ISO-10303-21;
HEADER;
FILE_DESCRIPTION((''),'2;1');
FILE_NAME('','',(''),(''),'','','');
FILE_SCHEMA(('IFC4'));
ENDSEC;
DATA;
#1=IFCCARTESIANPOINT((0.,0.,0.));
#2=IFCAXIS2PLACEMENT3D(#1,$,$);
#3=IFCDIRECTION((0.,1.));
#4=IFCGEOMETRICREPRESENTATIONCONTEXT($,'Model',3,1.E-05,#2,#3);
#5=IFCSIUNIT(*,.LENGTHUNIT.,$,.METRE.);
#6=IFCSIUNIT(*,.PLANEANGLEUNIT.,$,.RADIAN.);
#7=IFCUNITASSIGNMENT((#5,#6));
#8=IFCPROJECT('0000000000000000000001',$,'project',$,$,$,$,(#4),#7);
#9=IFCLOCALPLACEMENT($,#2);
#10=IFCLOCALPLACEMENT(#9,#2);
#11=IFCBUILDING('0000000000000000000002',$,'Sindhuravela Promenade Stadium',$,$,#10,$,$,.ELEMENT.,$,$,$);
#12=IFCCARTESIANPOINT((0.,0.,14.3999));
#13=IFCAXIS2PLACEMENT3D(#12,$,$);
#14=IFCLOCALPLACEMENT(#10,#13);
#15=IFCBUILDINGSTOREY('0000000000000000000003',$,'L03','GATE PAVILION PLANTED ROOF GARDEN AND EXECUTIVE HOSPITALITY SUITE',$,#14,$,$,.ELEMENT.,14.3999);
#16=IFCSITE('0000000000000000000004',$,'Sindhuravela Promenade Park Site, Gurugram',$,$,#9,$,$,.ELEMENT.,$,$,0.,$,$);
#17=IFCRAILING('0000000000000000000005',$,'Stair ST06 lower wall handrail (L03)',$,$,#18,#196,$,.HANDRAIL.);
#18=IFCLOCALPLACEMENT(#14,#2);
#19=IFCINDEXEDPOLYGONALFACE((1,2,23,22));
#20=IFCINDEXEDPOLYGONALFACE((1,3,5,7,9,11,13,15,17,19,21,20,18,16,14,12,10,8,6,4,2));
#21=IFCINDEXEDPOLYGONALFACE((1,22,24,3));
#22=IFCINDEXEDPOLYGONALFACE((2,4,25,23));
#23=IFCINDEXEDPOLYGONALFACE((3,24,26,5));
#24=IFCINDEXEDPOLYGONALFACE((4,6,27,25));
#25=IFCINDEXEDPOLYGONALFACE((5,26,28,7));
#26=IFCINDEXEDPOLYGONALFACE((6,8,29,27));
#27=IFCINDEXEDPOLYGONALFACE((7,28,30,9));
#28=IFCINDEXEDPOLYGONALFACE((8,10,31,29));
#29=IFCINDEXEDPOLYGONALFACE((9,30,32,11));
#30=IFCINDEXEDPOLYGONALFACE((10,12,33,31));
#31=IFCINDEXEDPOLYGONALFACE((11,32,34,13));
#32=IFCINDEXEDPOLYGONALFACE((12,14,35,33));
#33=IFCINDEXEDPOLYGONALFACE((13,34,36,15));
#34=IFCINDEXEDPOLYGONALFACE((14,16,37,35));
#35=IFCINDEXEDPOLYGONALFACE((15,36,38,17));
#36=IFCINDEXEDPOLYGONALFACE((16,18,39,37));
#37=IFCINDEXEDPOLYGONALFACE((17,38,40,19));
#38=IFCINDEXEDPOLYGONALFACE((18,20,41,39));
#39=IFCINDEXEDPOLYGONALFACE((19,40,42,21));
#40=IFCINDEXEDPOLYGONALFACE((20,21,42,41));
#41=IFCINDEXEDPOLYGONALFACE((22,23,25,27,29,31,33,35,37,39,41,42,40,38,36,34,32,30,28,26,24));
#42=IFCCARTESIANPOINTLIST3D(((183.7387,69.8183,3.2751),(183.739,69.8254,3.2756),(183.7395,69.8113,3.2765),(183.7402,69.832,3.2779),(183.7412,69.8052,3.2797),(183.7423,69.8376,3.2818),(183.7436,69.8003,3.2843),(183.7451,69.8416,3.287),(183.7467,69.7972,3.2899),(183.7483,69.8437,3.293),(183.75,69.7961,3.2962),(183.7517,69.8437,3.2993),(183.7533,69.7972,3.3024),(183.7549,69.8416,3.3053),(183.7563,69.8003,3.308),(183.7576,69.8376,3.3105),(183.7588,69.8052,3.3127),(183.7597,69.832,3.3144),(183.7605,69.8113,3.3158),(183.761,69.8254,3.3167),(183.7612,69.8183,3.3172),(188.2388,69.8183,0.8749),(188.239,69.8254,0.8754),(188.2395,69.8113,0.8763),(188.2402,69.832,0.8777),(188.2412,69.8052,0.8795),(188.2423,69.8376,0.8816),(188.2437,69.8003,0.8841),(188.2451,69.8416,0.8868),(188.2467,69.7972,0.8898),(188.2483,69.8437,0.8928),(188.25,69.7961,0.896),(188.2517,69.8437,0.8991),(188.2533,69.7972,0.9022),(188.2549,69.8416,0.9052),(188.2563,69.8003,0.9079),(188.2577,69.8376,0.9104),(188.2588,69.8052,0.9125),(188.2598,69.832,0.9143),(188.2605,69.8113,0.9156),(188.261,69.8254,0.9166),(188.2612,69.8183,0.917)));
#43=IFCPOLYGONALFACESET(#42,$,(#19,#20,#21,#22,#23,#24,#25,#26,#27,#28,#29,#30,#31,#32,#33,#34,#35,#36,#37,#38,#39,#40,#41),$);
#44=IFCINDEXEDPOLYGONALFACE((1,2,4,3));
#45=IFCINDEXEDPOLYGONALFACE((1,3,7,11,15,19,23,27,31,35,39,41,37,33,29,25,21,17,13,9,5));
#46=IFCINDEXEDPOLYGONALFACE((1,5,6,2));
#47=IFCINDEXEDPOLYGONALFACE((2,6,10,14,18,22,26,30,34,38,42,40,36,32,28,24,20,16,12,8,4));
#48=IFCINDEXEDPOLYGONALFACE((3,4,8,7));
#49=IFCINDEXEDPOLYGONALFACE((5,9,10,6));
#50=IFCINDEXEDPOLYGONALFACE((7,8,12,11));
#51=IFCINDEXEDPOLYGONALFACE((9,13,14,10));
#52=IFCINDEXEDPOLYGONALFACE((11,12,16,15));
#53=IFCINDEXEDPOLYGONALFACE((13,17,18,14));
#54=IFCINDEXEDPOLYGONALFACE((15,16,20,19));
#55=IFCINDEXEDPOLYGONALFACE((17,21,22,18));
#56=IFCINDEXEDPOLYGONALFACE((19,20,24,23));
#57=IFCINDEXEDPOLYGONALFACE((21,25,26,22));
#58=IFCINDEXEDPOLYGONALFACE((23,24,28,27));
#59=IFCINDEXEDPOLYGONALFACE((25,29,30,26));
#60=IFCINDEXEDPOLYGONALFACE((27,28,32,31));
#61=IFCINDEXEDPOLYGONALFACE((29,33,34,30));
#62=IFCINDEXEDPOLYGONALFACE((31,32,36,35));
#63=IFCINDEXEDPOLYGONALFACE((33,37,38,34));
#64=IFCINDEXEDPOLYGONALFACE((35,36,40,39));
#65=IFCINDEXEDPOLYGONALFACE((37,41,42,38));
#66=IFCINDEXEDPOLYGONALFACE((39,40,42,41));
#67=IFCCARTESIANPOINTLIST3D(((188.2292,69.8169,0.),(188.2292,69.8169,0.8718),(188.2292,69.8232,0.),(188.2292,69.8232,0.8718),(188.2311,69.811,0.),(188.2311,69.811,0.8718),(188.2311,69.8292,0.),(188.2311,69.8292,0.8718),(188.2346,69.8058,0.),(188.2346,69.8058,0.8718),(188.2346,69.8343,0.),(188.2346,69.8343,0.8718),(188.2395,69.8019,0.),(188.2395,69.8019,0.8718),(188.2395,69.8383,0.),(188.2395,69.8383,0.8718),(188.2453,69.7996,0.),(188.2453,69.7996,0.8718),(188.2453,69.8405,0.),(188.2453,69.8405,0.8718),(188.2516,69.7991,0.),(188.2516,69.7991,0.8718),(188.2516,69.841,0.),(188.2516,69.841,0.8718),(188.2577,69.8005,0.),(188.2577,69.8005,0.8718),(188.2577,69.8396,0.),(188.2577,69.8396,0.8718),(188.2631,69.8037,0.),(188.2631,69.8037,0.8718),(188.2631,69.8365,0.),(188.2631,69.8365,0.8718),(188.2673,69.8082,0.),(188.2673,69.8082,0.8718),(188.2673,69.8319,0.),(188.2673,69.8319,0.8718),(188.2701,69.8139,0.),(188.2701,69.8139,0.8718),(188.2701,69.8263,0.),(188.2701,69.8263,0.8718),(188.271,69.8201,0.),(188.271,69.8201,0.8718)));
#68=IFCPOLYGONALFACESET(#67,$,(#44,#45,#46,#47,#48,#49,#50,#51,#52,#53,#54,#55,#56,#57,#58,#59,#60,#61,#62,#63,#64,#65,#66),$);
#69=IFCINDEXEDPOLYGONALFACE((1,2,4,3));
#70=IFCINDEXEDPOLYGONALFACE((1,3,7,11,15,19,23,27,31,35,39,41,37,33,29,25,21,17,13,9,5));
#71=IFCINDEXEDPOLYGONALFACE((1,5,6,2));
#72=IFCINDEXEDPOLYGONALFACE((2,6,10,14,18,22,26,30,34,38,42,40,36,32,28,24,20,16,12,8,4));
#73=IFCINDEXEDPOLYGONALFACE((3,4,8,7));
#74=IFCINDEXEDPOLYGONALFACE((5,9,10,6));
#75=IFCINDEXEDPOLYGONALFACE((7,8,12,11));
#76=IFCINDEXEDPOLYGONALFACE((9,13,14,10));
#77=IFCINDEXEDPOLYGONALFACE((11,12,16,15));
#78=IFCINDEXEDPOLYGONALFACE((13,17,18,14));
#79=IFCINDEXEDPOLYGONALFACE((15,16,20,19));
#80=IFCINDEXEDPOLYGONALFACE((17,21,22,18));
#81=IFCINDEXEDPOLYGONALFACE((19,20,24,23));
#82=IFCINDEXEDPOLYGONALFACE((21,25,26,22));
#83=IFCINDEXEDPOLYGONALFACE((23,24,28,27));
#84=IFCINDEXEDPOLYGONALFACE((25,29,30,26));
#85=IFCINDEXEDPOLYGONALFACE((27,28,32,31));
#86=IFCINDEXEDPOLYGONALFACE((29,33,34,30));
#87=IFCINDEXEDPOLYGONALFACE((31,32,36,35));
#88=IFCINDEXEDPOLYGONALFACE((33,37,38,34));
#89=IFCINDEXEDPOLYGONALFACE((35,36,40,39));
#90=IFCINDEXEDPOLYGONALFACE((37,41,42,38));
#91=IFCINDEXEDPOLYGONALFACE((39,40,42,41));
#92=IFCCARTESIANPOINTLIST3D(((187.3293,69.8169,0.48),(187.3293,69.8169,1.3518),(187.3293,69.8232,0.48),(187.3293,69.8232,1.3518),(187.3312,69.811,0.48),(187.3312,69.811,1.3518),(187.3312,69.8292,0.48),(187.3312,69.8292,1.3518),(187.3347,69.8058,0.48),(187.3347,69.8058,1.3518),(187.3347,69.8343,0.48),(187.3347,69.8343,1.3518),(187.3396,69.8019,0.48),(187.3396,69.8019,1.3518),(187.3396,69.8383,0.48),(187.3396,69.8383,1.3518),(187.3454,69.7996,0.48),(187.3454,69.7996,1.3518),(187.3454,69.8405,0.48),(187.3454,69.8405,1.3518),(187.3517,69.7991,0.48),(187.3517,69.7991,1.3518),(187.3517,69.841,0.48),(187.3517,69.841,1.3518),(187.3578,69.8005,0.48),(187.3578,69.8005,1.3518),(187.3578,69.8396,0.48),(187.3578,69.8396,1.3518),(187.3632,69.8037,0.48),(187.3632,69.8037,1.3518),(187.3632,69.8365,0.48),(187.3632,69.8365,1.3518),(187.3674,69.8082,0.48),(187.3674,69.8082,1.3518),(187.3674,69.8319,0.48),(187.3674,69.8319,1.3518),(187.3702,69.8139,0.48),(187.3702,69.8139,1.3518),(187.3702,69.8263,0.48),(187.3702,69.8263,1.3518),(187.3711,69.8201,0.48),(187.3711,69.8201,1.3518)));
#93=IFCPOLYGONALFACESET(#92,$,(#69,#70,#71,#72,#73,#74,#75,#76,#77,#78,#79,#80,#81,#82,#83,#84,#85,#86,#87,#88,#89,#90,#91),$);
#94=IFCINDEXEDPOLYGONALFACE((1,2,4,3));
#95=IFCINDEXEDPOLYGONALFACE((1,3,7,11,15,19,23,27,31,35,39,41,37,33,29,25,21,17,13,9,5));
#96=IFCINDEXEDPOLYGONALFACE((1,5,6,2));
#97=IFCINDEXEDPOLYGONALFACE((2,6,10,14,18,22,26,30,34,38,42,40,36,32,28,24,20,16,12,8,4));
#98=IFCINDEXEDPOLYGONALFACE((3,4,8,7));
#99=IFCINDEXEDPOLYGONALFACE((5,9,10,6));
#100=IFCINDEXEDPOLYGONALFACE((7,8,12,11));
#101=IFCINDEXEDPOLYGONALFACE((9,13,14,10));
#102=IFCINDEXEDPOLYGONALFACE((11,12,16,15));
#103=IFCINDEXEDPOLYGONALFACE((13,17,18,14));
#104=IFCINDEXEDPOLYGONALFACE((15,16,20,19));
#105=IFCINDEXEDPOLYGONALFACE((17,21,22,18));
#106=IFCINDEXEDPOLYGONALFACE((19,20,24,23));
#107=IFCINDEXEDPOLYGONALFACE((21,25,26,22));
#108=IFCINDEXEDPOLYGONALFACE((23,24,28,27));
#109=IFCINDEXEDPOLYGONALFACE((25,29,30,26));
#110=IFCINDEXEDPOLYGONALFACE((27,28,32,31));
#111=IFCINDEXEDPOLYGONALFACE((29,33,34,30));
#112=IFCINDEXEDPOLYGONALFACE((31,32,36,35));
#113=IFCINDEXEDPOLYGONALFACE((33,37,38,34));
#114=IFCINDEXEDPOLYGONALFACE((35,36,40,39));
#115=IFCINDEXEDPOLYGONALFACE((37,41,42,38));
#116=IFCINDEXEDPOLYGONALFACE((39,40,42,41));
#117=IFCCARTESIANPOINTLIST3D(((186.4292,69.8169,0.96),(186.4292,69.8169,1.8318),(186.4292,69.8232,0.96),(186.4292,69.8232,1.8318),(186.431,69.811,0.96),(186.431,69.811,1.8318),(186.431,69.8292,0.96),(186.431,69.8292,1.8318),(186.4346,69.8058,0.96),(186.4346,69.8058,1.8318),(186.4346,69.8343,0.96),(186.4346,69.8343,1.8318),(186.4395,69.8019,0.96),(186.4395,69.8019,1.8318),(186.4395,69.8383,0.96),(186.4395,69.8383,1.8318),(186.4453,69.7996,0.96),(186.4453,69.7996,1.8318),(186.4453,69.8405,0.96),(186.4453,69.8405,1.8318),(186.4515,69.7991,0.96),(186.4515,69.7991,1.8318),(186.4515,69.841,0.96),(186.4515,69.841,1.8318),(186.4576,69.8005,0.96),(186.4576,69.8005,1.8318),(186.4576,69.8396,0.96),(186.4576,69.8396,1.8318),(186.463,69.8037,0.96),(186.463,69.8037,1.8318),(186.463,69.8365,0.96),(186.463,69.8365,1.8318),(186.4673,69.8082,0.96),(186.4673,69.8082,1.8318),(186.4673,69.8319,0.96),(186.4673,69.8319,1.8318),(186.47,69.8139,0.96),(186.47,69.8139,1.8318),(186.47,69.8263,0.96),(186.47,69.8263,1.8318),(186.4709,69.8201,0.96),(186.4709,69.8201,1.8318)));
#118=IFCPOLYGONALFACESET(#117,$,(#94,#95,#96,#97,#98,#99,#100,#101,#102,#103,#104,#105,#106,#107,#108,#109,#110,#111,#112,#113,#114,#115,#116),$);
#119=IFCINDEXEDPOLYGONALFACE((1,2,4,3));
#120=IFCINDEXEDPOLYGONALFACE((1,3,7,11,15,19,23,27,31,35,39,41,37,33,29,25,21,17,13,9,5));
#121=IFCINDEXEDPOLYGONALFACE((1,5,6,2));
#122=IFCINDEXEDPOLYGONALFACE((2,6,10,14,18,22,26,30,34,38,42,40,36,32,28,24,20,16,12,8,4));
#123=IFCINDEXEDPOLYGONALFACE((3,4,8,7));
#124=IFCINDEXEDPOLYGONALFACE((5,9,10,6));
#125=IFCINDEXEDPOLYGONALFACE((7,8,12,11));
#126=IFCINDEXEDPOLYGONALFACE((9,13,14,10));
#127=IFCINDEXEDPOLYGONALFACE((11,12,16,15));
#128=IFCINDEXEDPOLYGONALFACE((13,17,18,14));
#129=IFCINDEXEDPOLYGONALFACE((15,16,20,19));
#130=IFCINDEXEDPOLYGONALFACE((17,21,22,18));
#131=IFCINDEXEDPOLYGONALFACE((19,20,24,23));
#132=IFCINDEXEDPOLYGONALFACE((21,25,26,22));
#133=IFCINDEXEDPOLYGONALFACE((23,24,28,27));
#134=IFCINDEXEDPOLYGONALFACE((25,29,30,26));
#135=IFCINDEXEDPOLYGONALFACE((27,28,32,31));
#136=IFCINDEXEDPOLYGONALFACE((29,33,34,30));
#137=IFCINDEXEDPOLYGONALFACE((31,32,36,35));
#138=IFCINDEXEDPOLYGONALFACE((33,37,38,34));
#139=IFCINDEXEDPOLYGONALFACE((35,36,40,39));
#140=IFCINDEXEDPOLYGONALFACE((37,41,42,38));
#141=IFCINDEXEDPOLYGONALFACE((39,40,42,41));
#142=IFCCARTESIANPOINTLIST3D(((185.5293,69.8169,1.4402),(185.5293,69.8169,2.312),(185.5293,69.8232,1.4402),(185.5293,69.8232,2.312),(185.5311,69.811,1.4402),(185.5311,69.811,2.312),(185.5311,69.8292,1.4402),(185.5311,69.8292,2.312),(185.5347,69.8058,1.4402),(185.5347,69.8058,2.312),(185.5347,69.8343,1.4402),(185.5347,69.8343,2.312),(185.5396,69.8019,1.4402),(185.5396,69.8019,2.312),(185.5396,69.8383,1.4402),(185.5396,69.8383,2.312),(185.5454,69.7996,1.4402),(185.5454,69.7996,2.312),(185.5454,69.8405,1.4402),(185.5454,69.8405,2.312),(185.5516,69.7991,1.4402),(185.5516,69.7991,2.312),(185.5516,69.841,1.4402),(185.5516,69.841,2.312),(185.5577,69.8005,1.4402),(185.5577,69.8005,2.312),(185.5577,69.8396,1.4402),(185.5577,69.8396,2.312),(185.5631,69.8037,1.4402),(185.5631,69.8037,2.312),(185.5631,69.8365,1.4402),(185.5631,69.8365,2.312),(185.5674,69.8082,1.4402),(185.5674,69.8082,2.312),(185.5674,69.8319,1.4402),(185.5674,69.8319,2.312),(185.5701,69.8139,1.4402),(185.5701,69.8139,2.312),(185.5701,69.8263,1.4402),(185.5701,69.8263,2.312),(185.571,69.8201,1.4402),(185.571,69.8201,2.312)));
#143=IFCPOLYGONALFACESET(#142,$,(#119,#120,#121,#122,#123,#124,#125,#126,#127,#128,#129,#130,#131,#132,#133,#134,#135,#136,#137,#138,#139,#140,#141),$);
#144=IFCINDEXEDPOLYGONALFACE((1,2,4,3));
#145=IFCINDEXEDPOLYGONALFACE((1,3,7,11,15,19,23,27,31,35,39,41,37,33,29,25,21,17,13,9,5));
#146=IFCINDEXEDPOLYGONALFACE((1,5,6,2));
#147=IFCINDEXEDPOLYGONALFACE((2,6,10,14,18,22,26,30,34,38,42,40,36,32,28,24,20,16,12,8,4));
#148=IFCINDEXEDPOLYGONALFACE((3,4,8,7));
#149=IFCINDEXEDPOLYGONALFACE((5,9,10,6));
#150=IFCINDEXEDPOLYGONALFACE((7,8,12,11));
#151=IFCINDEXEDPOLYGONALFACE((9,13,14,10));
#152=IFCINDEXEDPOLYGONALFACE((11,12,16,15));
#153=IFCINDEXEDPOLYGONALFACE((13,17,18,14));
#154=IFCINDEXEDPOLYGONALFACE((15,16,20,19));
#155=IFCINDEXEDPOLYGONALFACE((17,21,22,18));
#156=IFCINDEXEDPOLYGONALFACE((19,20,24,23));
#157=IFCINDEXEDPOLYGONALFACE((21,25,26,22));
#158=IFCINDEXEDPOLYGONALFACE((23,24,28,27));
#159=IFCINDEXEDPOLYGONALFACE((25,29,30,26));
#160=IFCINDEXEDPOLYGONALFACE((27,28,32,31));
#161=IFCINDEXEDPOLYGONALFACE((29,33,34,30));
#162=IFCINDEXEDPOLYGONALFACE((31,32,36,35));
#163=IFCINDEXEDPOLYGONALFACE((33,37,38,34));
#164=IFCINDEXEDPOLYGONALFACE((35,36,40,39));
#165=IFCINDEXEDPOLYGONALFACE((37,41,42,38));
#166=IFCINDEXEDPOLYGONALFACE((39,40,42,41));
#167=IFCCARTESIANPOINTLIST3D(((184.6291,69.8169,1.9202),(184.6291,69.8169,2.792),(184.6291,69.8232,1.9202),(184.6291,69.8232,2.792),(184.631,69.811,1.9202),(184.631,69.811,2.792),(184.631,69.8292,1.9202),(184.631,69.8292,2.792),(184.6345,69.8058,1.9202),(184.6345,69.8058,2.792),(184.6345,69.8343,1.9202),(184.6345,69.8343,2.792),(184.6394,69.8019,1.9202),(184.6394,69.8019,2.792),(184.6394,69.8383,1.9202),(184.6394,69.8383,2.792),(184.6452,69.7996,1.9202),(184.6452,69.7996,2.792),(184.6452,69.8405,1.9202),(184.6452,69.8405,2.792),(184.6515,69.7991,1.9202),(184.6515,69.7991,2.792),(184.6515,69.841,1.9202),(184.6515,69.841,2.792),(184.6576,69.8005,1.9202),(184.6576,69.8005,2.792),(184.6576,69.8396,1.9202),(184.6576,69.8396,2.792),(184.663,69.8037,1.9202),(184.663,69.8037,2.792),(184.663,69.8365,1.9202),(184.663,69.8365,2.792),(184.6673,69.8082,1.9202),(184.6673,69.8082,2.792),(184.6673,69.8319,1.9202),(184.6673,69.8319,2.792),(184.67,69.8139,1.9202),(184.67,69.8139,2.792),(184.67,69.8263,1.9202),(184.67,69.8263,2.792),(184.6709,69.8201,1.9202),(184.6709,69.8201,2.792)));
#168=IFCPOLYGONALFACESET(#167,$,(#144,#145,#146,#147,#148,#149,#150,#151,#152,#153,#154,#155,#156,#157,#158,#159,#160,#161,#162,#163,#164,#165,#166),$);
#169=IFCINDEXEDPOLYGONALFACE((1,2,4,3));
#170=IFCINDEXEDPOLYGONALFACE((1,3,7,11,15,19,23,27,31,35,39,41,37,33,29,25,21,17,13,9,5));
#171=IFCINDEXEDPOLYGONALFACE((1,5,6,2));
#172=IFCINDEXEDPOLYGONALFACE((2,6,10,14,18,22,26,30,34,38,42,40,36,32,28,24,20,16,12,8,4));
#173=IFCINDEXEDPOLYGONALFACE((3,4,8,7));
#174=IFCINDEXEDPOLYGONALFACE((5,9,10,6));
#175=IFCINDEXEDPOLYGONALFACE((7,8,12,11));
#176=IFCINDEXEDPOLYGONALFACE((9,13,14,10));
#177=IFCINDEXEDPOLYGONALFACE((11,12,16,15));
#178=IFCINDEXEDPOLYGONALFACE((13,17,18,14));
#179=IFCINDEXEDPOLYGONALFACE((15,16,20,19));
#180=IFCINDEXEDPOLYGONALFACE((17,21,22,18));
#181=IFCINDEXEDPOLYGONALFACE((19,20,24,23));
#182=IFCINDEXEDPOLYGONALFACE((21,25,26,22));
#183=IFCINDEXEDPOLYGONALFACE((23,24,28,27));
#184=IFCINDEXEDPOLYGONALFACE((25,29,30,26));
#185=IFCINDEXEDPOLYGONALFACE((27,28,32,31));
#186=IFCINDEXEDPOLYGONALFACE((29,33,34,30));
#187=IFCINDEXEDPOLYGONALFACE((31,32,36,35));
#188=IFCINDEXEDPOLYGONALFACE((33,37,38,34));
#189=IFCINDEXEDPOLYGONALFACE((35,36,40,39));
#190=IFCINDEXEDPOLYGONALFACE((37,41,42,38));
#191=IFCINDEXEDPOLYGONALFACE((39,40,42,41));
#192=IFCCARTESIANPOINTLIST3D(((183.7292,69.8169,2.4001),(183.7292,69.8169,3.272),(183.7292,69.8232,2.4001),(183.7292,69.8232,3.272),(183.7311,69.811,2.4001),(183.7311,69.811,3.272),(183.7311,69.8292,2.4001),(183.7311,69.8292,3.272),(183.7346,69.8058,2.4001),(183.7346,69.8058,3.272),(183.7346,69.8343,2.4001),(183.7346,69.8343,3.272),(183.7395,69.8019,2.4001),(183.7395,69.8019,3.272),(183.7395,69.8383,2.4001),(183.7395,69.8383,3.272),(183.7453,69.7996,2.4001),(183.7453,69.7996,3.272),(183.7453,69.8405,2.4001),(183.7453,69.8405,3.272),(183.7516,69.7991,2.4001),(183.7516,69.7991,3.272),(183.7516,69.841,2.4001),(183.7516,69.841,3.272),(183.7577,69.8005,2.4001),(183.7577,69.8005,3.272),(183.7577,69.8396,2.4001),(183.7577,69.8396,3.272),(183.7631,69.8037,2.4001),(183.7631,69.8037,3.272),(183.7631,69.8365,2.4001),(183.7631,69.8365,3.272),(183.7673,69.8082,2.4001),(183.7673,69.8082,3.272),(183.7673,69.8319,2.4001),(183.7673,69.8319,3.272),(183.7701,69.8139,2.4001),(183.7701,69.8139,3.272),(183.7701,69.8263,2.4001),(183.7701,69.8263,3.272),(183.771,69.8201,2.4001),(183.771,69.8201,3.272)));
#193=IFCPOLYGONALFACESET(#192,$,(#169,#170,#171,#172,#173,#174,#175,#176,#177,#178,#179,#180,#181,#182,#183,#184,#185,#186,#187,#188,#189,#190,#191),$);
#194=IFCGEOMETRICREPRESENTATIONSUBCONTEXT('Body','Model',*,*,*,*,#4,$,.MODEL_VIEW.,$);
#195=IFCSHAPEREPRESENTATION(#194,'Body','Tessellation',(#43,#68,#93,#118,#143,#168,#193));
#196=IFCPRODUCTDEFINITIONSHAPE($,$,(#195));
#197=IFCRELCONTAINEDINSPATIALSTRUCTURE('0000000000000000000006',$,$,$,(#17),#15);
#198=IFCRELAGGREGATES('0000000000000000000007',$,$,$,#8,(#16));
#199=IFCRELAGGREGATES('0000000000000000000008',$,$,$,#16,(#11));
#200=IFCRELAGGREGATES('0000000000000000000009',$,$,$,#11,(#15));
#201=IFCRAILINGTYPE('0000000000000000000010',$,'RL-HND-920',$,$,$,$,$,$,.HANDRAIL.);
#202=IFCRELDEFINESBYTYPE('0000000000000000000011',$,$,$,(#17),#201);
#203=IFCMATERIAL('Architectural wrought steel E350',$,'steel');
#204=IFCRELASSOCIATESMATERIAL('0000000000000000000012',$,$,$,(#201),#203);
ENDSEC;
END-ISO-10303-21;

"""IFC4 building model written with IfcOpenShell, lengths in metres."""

from ifc_helpers import new_model, si_unit, direction, frame, origin, origin_2d, place, context, subcontext, project, spatial, circle, extrude, material, type_object, element, save


model = new_model("IFC4")

# Units and contexts
model_context = context("Model", 3, precision=1e-05, world=origin(), true_north=direction((0.0, 1.0)))
body_context = subcontext(model_context, "Body", "Model", "MODEL_VIEW")
ifc_project = project(units=[si_unit("LENGTHUNIT", "METRE"), si_unit("PLANEANGLEUNIT", "RADIAN")], contexts=[model_context])

# Site, building, storey
site_placement = place(None, origin())
site = spatial("IfcSite", under=ifc_project, at=site_placement, Name="Sindhuravela Promenade Park Site, Gurugram", CompositionType="ELEMENT", RefElevation=0.0)
building_placement = place(site_placement, origin())
building = spatial("IfcBuilding", under=site, at=building_placement, Name="Sindhuravela Promenade Stadium", CompositionType="ELEMENT")
storey_placement = place(building_placement, frame((0.0, 0.0, 14.3999)))
storey = spatial("IfcBuildingStorey", under=building, at=storey_placement, Name="L03", Description="GATE PAVILION PLANTED ROOF GARDEN AND EXECUTIVE HOSPITALITY SUITE", CompositionType="ELEMENT", Elevation=14.3999)

# Shared definitions
ifc_material_1 = material(Name="Architectural wrought steel E350", Category="steel")

# Railing
railing_type_1 = type_object("IfcRailingType", Name="RL-HND-920", PredefinedType="HANDRAIL", material=ifc_material_1)
railing_1_placement = place(storey_placement, frame((188.25, 69.8201, 0.0)))
element("IfcRailing", 1, at=railing_1_placement, inside=storey, type_object=railing_type_1, Name="Stair ST06 lower wall handrail (L03)", PredefinedType="HANDRAIL", context=body_context, shape_type="SweptSolid", body=[
    extrude(circle(Radius=0.0239, at=origin_2d()), frame((0.0, 0.0, 0.896), z_axis=(-0.882341, 0.0, 0.470611), x_axis=(0.0, -1.0, 0.0)), (0.0, 0.0, 1.0), 5.1001),
    extrude(circle(Radius=0.021, at=origin_2d()), origin(), (0.0, 0.0, 1.0), 0.8718),
    extrude(circle(Radius=0.021, at=origin_2d()), frame((-0.8999, 0.0, 0.48)), (0.0, 0.0, 1.0), 0.8718),
    extrude(circle(Radius=0.021, at=origin_2d()), frame((-1.8, 0.0, 0.96)), (0.0, 0.0, 1.0), 0.8718),
    extrude(circle(Radius=0.021, at=origin_2d()), frame((-2.7, 0.0, 1.4402)), (0.0, 0.0, 1.0), 0.8718),
    extrude(circle(Radius=0.021, at=origin_2d()), frame((-3.6001, 0.0, 1.9202)), (0.0, 0.0, 1.0), 0.8718),
    extrude(circle(Radius=0.021, at=origin_2d()), frame((-4.5, 0.0, 2.4001)), (0.0, 0.0, 1.0), 0.8718),
])

save(model, "model.ifc")
